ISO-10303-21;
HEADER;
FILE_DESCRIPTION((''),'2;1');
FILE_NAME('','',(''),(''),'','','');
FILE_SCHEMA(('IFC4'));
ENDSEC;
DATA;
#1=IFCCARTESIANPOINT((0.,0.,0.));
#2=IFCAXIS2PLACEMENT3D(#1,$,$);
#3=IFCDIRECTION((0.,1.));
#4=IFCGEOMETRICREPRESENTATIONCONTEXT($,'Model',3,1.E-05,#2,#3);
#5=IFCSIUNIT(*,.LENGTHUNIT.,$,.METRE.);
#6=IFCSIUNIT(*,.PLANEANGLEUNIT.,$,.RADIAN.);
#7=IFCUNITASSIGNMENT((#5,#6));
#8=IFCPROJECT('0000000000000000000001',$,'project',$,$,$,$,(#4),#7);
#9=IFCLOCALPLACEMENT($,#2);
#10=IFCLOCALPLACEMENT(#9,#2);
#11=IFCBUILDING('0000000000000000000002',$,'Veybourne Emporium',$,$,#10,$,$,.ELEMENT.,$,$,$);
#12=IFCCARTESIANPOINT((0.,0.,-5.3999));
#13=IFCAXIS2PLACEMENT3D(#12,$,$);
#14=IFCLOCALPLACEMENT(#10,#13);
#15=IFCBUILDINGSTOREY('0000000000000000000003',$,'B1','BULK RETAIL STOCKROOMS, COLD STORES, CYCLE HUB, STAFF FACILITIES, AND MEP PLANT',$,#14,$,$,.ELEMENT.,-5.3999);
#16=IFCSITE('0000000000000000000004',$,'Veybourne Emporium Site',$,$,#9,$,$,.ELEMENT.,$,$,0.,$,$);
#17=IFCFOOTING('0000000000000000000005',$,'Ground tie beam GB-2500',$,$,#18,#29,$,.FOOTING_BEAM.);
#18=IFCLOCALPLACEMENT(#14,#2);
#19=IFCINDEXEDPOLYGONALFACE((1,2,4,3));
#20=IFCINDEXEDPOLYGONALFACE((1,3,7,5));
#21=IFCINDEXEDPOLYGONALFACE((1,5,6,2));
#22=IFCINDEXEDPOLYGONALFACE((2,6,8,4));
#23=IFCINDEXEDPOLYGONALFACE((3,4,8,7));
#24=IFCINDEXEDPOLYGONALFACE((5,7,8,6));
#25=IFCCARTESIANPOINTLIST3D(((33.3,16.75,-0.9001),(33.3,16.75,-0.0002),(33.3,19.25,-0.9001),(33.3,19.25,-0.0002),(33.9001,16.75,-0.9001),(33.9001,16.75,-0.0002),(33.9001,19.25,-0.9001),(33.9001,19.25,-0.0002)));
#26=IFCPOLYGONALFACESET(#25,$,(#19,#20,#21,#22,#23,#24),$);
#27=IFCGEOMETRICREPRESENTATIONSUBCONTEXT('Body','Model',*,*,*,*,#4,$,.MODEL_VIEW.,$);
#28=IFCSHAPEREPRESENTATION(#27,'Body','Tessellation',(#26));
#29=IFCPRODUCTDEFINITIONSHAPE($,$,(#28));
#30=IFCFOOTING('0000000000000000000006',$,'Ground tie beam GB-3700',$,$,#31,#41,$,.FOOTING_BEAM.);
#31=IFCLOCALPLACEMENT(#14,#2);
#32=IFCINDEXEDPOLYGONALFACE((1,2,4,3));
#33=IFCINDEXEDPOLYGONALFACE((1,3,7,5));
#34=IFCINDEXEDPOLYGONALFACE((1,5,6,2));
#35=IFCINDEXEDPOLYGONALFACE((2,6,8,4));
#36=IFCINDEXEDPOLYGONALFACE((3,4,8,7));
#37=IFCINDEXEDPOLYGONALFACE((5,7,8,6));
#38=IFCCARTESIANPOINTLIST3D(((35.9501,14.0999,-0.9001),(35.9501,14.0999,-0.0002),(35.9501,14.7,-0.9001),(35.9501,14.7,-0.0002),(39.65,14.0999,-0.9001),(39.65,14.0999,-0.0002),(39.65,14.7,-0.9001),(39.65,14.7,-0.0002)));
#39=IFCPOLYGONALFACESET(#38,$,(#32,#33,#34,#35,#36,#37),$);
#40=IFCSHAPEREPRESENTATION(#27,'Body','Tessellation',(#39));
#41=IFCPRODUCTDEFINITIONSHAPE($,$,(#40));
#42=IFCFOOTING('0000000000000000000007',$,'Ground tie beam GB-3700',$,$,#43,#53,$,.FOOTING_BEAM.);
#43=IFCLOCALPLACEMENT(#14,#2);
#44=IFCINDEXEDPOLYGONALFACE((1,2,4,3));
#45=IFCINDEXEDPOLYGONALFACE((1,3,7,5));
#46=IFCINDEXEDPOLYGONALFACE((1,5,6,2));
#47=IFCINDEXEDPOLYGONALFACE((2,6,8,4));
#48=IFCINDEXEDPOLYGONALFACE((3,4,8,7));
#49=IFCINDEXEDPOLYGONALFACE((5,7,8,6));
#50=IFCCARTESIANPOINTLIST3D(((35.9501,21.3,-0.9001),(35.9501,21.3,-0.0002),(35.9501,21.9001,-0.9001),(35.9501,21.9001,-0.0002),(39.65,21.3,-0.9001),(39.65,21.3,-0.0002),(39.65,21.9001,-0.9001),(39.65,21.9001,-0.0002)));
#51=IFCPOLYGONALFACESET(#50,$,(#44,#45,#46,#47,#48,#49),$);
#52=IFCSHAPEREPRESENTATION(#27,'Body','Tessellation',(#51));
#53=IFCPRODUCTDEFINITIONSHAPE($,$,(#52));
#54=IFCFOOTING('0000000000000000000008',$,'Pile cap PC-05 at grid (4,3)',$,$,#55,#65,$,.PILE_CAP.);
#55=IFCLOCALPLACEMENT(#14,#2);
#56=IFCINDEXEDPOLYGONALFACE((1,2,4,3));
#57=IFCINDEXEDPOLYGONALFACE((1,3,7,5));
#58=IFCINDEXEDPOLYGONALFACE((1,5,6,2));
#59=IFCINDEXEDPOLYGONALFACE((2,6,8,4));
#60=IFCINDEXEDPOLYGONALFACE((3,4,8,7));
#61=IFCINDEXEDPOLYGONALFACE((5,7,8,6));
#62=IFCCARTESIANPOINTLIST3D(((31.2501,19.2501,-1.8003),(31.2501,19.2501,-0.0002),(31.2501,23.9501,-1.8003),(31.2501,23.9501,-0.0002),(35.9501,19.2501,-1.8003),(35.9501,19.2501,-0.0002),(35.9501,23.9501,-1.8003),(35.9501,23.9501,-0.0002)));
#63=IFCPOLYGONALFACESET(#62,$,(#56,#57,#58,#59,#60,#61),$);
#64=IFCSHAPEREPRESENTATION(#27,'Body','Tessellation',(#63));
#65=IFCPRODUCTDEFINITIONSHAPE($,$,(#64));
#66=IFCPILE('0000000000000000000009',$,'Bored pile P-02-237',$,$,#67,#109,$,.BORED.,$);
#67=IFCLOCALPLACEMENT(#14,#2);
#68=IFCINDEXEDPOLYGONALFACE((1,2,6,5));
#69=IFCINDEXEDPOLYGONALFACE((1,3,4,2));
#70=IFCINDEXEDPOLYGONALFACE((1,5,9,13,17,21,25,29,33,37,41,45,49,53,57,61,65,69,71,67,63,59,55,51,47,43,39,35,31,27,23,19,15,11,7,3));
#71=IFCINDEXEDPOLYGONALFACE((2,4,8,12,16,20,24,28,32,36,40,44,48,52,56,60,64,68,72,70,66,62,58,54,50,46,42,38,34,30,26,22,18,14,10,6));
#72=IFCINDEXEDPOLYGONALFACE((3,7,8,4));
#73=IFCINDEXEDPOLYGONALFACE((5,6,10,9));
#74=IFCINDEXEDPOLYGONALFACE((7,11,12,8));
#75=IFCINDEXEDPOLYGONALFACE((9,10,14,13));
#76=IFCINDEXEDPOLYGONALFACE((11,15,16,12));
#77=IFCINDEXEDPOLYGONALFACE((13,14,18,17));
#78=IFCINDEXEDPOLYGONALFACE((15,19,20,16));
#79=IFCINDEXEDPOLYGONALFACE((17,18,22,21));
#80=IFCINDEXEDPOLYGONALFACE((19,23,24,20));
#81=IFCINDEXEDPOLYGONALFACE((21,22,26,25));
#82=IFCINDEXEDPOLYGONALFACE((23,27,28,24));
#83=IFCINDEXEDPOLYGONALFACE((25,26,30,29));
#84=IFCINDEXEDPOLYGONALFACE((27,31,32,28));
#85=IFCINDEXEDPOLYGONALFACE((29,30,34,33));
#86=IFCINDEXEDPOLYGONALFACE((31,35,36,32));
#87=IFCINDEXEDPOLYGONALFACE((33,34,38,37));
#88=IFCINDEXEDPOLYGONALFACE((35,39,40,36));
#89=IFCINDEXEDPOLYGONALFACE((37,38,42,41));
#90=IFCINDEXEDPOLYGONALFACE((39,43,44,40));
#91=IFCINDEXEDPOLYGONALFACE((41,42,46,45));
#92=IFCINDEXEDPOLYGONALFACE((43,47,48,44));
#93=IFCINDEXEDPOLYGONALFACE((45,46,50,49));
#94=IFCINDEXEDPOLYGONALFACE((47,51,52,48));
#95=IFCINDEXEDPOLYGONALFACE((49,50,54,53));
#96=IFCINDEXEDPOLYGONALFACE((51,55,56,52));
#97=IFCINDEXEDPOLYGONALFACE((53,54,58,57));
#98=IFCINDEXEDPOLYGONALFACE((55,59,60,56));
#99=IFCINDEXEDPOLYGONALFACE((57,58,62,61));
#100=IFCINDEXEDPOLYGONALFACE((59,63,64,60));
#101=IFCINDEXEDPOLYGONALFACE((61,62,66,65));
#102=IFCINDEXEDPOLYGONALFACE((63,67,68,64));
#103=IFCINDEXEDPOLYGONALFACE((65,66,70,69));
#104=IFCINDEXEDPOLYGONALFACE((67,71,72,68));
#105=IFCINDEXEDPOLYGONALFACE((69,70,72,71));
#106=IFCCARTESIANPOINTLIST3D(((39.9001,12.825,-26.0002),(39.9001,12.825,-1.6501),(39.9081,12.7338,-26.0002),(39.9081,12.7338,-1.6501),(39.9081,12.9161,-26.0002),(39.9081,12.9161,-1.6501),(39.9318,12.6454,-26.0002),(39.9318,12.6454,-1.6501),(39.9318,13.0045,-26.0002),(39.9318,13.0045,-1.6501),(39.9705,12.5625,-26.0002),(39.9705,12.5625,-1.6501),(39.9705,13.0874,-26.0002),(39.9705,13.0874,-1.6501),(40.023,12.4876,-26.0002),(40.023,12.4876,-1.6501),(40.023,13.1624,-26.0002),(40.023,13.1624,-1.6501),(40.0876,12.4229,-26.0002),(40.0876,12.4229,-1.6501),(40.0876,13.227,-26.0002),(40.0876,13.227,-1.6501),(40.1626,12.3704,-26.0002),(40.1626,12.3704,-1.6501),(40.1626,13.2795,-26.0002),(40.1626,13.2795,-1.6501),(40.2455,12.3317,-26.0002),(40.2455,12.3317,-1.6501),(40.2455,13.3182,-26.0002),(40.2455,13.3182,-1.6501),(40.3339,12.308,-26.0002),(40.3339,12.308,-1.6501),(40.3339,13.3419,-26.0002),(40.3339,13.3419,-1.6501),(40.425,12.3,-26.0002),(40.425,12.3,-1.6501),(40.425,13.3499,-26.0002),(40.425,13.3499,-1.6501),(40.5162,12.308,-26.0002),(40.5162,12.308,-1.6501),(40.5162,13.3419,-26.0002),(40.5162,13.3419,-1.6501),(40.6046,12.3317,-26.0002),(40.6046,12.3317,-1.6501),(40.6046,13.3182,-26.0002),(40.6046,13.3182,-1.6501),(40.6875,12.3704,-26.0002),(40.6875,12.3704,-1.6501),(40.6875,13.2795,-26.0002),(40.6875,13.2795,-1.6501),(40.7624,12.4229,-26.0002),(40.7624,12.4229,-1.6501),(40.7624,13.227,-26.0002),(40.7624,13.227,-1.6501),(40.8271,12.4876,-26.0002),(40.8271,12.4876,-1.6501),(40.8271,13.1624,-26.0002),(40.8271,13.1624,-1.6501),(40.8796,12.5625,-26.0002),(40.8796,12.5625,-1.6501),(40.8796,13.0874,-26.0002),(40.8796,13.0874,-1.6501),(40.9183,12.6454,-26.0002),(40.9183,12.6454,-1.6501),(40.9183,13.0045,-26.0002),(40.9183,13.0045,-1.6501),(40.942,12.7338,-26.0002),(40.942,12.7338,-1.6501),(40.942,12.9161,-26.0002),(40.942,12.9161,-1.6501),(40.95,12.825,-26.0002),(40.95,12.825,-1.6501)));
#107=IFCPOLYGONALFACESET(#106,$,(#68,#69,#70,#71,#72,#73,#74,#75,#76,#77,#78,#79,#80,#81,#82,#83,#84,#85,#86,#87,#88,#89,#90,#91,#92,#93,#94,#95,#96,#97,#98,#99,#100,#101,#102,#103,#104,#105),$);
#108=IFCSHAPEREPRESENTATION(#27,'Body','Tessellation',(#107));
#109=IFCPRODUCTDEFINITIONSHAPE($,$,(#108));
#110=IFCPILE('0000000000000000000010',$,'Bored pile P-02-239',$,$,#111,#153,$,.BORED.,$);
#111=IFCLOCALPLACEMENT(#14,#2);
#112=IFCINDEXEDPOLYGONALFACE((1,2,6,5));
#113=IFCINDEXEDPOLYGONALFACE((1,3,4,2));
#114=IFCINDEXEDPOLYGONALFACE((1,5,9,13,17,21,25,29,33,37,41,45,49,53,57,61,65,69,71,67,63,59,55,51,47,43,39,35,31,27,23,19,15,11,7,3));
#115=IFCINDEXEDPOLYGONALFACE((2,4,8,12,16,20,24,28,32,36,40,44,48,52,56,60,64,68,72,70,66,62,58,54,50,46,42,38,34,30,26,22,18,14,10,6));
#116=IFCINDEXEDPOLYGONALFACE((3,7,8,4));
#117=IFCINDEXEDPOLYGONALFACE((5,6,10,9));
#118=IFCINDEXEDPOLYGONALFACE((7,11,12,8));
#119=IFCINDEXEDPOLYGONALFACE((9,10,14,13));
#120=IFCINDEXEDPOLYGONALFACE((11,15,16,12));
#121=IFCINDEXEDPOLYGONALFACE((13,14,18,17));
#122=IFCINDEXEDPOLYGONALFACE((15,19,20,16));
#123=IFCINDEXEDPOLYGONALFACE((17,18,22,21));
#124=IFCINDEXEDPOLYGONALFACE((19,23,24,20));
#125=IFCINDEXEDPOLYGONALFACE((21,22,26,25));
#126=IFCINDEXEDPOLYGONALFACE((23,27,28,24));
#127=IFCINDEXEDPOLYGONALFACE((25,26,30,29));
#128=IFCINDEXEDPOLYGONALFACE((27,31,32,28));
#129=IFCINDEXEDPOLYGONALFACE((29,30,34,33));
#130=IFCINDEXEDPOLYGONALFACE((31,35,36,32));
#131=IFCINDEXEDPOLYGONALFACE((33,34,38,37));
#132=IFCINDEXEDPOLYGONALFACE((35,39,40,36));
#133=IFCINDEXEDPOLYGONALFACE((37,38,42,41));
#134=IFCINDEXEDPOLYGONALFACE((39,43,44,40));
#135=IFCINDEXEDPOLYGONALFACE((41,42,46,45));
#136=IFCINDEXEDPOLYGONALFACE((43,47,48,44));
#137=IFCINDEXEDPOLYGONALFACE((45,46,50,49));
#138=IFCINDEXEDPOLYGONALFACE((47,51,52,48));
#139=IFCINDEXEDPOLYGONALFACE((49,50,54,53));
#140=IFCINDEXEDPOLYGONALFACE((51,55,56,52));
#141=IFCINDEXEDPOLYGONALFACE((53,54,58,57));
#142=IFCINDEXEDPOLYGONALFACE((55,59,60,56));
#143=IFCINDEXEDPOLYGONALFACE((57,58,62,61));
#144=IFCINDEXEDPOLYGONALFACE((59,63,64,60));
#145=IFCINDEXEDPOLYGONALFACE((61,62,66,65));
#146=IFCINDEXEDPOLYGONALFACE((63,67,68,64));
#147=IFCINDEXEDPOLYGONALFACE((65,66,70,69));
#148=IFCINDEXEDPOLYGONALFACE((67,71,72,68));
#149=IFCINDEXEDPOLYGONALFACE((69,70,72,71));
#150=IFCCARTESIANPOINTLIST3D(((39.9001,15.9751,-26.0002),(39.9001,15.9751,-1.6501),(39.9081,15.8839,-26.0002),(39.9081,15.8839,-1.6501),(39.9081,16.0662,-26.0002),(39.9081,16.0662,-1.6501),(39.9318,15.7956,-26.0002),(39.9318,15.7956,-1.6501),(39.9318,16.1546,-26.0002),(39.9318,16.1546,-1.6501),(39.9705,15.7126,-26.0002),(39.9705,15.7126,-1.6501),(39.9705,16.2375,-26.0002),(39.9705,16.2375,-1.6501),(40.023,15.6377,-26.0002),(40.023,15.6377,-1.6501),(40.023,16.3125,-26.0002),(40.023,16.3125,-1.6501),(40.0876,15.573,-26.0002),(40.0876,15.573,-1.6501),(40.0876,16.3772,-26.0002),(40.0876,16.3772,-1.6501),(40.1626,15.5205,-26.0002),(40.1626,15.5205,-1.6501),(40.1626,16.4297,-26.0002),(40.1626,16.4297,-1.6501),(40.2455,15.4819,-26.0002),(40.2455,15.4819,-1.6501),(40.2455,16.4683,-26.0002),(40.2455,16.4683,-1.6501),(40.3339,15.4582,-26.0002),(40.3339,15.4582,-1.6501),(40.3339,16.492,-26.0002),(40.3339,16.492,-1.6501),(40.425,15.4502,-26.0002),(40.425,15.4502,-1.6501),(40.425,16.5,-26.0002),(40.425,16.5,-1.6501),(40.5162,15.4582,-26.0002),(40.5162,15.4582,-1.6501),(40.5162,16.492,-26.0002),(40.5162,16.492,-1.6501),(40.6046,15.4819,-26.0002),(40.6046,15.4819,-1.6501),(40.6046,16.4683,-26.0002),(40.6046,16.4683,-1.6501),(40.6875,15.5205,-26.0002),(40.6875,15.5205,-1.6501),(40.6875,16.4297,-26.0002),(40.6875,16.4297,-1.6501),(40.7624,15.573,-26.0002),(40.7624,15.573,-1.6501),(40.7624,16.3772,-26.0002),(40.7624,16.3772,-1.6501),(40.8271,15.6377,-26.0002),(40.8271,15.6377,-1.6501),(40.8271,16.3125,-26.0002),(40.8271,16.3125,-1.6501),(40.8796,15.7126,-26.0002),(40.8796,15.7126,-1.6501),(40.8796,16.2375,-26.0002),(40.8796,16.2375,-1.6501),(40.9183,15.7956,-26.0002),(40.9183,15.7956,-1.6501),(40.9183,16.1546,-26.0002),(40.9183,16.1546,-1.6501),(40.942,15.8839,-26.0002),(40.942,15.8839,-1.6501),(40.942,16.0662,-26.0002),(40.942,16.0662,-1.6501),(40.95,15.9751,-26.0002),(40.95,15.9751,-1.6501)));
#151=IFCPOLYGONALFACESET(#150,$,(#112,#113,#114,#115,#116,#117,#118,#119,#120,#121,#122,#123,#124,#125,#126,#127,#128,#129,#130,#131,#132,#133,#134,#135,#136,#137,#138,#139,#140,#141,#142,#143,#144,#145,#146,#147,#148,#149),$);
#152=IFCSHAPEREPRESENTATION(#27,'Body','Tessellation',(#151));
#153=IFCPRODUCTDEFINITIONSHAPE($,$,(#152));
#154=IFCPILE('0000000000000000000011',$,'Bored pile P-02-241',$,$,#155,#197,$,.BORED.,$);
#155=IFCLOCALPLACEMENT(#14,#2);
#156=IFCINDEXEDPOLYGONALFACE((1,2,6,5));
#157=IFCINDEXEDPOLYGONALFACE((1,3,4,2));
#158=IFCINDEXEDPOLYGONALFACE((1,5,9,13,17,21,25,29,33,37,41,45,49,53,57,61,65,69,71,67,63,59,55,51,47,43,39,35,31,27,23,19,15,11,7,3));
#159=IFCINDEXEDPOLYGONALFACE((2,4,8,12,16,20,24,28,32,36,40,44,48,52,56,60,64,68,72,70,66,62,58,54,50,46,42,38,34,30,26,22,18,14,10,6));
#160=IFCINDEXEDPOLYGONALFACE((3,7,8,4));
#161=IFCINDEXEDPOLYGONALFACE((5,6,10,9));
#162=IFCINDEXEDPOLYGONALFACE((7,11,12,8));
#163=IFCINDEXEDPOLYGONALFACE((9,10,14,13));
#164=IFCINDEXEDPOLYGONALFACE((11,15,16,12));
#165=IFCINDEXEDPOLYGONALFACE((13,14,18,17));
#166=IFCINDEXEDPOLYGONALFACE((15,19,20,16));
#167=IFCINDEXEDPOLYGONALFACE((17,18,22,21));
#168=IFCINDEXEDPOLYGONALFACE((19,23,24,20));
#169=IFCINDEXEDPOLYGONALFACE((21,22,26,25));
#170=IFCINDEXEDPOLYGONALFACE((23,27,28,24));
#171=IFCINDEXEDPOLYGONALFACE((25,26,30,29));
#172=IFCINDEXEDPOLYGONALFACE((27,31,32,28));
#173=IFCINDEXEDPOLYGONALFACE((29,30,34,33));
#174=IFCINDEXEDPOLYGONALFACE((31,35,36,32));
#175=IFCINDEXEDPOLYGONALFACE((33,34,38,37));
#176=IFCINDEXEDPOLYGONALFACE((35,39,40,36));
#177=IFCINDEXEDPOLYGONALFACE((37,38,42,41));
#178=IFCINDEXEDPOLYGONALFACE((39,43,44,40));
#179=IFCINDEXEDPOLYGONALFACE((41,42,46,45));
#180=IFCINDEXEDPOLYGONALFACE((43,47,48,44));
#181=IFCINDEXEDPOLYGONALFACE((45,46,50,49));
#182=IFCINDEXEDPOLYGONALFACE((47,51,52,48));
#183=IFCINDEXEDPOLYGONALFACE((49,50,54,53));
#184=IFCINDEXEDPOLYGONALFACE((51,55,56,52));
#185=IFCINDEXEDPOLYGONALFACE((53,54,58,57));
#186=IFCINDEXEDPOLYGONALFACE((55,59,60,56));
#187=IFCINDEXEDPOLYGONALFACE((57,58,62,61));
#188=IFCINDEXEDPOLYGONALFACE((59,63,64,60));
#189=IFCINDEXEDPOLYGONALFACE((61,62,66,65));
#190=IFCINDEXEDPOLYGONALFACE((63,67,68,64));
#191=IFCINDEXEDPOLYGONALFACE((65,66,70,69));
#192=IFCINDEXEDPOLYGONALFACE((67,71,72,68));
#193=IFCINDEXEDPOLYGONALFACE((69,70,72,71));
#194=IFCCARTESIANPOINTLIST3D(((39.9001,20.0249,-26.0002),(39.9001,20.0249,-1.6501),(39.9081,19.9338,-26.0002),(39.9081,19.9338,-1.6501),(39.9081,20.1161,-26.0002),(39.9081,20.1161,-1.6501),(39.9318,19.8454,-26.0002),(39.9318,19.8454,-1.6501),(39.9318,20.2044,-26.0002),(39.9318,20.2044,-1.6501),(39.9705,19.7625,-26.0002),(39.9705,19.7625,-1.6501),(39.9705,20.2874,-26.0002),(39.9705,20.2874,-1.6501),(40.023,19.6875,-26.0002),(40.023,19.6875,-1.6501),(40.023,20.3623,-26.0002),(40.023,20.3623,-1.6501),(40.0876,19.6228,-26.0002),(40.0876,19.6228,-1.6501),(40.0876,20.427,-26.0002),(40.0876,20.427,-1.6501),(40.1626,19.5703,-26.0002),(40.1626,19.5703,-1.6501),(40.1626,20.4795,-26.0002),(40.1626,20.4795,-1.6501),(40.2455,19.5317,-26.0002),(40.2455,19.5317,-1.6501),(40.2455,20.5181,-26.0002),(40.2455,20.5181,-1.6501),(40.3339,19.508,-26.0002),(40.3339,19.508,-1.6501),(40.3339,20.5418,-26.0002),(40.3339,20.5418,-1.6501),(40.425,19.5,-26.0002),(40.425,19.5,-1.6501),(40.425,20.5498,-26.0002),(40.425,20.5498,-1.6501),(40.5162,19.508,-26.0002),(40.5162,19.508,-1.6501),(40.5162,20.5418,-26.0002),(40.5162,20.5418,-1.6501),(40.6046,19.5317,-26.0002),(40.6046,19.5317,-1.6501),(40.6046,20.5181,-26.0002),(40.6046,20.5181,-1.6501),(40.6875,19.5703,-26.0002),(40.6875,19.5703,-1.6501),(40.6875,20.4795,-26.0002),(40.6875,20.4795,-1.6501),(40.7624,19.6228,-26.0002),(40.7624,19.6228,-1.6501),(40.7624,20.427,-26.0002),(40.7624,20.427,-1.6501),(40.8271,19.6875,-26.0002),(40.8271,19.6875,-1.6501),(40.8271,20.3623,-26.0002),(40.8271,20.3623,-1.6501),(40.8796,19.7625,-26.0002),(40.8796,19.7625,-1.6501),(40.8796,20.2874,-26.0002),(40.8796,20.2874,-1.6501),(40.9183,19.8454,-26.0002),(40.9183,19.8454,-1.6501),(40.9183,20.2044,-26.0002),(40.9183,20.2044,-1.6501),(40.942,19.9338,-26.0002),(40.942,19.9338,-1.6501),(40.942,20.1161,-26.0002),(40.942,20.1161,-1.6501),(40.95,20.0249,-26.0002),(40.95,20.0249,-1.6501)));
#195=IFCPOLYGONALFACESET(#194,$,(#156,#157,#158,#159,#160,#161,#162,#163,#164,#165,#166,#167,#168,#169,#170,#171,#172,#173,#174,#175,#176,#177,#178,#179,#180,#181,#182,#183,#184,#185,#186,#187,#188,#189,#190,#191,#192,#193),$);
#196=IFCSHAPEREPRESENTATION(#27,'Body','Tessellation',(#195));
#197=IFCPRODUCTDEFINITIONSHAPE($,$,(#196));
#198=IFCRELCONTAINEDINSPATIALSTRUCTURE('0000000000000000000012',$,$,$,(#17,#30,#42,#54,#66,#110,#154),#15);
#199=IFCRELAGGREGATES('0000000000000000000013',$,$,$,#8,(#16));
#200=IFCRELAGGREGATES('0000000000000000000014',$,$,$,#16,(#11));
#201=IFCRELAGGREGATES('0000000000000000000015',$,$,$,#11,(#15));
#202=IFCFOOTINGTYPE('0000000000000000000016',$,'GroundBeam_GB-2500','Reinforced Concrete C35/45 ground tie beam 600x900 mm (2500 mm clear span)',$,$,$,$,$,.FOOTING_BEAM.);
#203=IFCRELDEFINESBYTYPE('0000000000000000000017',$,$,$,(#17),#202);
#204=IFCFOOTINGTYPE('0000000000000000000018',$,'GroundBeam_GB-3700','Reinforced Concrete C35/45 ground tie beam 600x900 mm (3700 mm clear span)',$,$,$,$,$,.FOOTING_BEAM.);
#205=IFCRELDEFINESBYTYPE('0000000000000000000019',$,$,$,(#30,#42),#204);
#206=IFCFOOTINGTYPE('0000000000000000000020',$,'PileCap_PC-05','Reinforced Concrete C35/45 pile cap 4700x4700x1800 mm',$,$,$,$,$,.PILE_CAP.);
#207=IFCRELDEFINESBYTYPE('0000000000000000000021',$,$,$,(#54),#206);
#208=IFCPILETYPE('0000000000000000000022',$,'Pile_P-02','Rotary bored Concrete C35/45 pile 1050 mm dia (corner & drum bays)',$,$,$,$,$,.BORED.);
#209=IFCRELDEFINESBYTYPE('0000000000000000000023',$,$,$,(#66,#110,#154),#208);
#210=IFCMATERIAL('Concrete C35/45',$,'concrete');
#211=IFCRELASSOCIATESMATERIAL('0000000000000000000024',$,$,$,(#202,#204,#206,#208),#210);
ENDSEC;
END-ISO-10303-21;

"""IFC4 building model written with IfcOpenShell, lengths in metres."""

from ifc_helpers import new_model, si_unit, direction, frame, origin, origin_2d, place, context, subcontext, project, spatial, rectangle, circle, extrude, material, material_profile, profile_set, type_object, element, save


model = new_model("IFC4")

# Units and contexts
model_context = context("Model", 3, precision=1e-05, world=origin(), true_north=direction((0.0, 1.0)))
body_context = subcontext(model_context, "Body", "Model", "MODEL_VIEW")
ifc_project = project(units=[si_unit("LENGTHUNIT", "METRE"), si_unit("PLANEANGLEUNIT", "RADIAN")], contexts=[model_context])

# Site, building, storey
site_placement = place(None, origin())
site = spatial("IfcSite", under=ifc_project, at=site_placement, Name="Veybourne Emporium Site", CompositionType="ELEMENT", RefElevation=0.0)
building_placement = place(site_placement, origin())
building = spatial("IfcBuilding", under=site, at=building_placement, Name="Veybourne Emporium", CompositionType="ELEMENT")
storey_placement = place(building_placement, frame((0.0, 0.0, -5.3999)))
storey = spatial("IfcBuildingStorey", under=building, at=storey_placement, Name="B1", Description="BULK RETAIL STOCKROOMS, COLD STORES, CYCLE HUB, STAFF FACILITIES, AND MEP PLANT", CompositionType="ELEMENT", Elevation=-5.3999)

# Footings
ifc_material_1 = material(Name="Concrete C35/45", Category="concrete")
footing_type_1 = type_object("IfcFootingType", Name="GroundBeam_GB-2500", Description="Reinforced Concrete C35/45 ground tie beam 600x900 mm (2500 mm clear span)", PredefinedType="FOOTING_BEAM", material=ifc_material_1)
footing_1_placement = place(storey_placement, frame((33.6001, 18.0, -0.9001), z_axis=(0.0, 0.0, 1.0), x_axis=(0.0, 1.0, 0.0)))
element("IfcFooting", 1, at=footing_1_placement, inside=storey, type_object=footing_type_1, Name="Ground tie beam GB-2500", PredefinedType="FOOTING_BEAM", context=body_context, shape_type="SweptSolid", body=[
    extrude(rectangle(XDim=2.5, YDim=0.6001, at=origin_2d()), origin(), (0.0, 0.0, 1.0), 0.8999),
])
footing_type_2 = type_object("IfcFootingType", Name="GroundBeam_GB-3700", Description="Reinforced Concrete C35/45 ground tie beam 600x900 mm (3700 mm clear span)", PredefinedType="FOOTING_BEAM", material=ifc_material_1)
for number, where, z_axis, x_axis, name in (
    (2, (37.8, 14.3999, -0.9001), (0.0, 0.0, 1.0), (1.0, 0.0, 0.0), "Ground tie beam GB-3700"),
    (3, (37.8, 21.6001, -0.9001), (0.0, 0.0, 1.0), (1.0, 0.0, 0.0), "Ground tie beam GB-3700"),
):
    element("IfcFooting", number, at=place(storey_placement, frame(where, z_axis=z_axis, x_axis=x_axis)), inside=storey, type_object=footing_type_2, Name=name, PredefinedType="FOOTING_BEAM", context=body_context, shape_type="SweptSolid", body=[
        extrude(rectangle(XDim=3.7, YDim=0.6001, at=origin_2d()), origin(), (0.0, 0.0, 1.0), 0.8999),
    ])
footing_type_3 = type_object("IfcFootingType", Name="PileCap_PC-05", Description="Reinforced Concrete C35/45 pile cap 4700x4700x1800 mm", PredefinedType="PILE_CAP", material=ifc_material_1)
footing_2_placement = place(storey_placement, frame((33.6001, 21.6001, -1.8003), z_axis=(0.0, 0.0, 1.0), x_axis=(1.0, 0.0, 0.0)))
element("IfcFooting", 4, at=footing_2_placement, inside=storey, type_object=footing_type_3, Name="Pile cap PC-05 at grid (4,3)", PredefinedType="PILE_CAP", context=body_context, shape_type="SweptSolid", body=[
    extrude(rectangle(XDim=4.7, YDim=4.7, at=origin_2d()), origin(), (0.0, 0.0, 1.0), 1.8),
])

# Piles
ifc_material_profile_1 = material_profile(ifc_material_1, circle(Radius=0.5249, at=origin_2d()), Name="BORED PILE 1050")
ifc_profile_set_1 = profile_set([ifc_material_profile_1], Name="Concrete C35/45")
pile_type_1 = type_object("IfcPileType", Name="Pile_P-02", Description="Rotary bored Concrete C35/45 pile 1050 mm dia (corner & drum bays)", PredefinedType="BORED", material=ifc_profile_set_1)
for number, where, z_axis, x_axis, name in (
    (5, (40.425, 12.825, -1.6501), (0.0, 0.0, -1.0), (1.0, 0.0, 0.0), "Bored pile P-02-237"),
    (6, (40.425, 15.9751, -1.6501), (0.0, 0.0, -1.0), (1.0, 0.0, 0.0), "Bored pile P-02-239"),
    (7, (40.425, 20.0249, -1.6501), (0.0, 0.0, -1.0), (1.0, 0.0, 0.0), "Bored pile P-02-241"),
):
    element("IfcPile", number, at=place(storey_placement, frame(where, z_axis=z_axis, x_axis=x_axis)), inside=storey, type_object=pile_type_1, Name=name, PredefinedType="BORED", context=body_context, shape_type="SweptSolid", body=[
        extrude(circle(Radius=0.5249, at=origin_2d()), origin(), (0.0, 0.0, 1.0), 24.3501),
    ])

save(model, "model.ifc")
